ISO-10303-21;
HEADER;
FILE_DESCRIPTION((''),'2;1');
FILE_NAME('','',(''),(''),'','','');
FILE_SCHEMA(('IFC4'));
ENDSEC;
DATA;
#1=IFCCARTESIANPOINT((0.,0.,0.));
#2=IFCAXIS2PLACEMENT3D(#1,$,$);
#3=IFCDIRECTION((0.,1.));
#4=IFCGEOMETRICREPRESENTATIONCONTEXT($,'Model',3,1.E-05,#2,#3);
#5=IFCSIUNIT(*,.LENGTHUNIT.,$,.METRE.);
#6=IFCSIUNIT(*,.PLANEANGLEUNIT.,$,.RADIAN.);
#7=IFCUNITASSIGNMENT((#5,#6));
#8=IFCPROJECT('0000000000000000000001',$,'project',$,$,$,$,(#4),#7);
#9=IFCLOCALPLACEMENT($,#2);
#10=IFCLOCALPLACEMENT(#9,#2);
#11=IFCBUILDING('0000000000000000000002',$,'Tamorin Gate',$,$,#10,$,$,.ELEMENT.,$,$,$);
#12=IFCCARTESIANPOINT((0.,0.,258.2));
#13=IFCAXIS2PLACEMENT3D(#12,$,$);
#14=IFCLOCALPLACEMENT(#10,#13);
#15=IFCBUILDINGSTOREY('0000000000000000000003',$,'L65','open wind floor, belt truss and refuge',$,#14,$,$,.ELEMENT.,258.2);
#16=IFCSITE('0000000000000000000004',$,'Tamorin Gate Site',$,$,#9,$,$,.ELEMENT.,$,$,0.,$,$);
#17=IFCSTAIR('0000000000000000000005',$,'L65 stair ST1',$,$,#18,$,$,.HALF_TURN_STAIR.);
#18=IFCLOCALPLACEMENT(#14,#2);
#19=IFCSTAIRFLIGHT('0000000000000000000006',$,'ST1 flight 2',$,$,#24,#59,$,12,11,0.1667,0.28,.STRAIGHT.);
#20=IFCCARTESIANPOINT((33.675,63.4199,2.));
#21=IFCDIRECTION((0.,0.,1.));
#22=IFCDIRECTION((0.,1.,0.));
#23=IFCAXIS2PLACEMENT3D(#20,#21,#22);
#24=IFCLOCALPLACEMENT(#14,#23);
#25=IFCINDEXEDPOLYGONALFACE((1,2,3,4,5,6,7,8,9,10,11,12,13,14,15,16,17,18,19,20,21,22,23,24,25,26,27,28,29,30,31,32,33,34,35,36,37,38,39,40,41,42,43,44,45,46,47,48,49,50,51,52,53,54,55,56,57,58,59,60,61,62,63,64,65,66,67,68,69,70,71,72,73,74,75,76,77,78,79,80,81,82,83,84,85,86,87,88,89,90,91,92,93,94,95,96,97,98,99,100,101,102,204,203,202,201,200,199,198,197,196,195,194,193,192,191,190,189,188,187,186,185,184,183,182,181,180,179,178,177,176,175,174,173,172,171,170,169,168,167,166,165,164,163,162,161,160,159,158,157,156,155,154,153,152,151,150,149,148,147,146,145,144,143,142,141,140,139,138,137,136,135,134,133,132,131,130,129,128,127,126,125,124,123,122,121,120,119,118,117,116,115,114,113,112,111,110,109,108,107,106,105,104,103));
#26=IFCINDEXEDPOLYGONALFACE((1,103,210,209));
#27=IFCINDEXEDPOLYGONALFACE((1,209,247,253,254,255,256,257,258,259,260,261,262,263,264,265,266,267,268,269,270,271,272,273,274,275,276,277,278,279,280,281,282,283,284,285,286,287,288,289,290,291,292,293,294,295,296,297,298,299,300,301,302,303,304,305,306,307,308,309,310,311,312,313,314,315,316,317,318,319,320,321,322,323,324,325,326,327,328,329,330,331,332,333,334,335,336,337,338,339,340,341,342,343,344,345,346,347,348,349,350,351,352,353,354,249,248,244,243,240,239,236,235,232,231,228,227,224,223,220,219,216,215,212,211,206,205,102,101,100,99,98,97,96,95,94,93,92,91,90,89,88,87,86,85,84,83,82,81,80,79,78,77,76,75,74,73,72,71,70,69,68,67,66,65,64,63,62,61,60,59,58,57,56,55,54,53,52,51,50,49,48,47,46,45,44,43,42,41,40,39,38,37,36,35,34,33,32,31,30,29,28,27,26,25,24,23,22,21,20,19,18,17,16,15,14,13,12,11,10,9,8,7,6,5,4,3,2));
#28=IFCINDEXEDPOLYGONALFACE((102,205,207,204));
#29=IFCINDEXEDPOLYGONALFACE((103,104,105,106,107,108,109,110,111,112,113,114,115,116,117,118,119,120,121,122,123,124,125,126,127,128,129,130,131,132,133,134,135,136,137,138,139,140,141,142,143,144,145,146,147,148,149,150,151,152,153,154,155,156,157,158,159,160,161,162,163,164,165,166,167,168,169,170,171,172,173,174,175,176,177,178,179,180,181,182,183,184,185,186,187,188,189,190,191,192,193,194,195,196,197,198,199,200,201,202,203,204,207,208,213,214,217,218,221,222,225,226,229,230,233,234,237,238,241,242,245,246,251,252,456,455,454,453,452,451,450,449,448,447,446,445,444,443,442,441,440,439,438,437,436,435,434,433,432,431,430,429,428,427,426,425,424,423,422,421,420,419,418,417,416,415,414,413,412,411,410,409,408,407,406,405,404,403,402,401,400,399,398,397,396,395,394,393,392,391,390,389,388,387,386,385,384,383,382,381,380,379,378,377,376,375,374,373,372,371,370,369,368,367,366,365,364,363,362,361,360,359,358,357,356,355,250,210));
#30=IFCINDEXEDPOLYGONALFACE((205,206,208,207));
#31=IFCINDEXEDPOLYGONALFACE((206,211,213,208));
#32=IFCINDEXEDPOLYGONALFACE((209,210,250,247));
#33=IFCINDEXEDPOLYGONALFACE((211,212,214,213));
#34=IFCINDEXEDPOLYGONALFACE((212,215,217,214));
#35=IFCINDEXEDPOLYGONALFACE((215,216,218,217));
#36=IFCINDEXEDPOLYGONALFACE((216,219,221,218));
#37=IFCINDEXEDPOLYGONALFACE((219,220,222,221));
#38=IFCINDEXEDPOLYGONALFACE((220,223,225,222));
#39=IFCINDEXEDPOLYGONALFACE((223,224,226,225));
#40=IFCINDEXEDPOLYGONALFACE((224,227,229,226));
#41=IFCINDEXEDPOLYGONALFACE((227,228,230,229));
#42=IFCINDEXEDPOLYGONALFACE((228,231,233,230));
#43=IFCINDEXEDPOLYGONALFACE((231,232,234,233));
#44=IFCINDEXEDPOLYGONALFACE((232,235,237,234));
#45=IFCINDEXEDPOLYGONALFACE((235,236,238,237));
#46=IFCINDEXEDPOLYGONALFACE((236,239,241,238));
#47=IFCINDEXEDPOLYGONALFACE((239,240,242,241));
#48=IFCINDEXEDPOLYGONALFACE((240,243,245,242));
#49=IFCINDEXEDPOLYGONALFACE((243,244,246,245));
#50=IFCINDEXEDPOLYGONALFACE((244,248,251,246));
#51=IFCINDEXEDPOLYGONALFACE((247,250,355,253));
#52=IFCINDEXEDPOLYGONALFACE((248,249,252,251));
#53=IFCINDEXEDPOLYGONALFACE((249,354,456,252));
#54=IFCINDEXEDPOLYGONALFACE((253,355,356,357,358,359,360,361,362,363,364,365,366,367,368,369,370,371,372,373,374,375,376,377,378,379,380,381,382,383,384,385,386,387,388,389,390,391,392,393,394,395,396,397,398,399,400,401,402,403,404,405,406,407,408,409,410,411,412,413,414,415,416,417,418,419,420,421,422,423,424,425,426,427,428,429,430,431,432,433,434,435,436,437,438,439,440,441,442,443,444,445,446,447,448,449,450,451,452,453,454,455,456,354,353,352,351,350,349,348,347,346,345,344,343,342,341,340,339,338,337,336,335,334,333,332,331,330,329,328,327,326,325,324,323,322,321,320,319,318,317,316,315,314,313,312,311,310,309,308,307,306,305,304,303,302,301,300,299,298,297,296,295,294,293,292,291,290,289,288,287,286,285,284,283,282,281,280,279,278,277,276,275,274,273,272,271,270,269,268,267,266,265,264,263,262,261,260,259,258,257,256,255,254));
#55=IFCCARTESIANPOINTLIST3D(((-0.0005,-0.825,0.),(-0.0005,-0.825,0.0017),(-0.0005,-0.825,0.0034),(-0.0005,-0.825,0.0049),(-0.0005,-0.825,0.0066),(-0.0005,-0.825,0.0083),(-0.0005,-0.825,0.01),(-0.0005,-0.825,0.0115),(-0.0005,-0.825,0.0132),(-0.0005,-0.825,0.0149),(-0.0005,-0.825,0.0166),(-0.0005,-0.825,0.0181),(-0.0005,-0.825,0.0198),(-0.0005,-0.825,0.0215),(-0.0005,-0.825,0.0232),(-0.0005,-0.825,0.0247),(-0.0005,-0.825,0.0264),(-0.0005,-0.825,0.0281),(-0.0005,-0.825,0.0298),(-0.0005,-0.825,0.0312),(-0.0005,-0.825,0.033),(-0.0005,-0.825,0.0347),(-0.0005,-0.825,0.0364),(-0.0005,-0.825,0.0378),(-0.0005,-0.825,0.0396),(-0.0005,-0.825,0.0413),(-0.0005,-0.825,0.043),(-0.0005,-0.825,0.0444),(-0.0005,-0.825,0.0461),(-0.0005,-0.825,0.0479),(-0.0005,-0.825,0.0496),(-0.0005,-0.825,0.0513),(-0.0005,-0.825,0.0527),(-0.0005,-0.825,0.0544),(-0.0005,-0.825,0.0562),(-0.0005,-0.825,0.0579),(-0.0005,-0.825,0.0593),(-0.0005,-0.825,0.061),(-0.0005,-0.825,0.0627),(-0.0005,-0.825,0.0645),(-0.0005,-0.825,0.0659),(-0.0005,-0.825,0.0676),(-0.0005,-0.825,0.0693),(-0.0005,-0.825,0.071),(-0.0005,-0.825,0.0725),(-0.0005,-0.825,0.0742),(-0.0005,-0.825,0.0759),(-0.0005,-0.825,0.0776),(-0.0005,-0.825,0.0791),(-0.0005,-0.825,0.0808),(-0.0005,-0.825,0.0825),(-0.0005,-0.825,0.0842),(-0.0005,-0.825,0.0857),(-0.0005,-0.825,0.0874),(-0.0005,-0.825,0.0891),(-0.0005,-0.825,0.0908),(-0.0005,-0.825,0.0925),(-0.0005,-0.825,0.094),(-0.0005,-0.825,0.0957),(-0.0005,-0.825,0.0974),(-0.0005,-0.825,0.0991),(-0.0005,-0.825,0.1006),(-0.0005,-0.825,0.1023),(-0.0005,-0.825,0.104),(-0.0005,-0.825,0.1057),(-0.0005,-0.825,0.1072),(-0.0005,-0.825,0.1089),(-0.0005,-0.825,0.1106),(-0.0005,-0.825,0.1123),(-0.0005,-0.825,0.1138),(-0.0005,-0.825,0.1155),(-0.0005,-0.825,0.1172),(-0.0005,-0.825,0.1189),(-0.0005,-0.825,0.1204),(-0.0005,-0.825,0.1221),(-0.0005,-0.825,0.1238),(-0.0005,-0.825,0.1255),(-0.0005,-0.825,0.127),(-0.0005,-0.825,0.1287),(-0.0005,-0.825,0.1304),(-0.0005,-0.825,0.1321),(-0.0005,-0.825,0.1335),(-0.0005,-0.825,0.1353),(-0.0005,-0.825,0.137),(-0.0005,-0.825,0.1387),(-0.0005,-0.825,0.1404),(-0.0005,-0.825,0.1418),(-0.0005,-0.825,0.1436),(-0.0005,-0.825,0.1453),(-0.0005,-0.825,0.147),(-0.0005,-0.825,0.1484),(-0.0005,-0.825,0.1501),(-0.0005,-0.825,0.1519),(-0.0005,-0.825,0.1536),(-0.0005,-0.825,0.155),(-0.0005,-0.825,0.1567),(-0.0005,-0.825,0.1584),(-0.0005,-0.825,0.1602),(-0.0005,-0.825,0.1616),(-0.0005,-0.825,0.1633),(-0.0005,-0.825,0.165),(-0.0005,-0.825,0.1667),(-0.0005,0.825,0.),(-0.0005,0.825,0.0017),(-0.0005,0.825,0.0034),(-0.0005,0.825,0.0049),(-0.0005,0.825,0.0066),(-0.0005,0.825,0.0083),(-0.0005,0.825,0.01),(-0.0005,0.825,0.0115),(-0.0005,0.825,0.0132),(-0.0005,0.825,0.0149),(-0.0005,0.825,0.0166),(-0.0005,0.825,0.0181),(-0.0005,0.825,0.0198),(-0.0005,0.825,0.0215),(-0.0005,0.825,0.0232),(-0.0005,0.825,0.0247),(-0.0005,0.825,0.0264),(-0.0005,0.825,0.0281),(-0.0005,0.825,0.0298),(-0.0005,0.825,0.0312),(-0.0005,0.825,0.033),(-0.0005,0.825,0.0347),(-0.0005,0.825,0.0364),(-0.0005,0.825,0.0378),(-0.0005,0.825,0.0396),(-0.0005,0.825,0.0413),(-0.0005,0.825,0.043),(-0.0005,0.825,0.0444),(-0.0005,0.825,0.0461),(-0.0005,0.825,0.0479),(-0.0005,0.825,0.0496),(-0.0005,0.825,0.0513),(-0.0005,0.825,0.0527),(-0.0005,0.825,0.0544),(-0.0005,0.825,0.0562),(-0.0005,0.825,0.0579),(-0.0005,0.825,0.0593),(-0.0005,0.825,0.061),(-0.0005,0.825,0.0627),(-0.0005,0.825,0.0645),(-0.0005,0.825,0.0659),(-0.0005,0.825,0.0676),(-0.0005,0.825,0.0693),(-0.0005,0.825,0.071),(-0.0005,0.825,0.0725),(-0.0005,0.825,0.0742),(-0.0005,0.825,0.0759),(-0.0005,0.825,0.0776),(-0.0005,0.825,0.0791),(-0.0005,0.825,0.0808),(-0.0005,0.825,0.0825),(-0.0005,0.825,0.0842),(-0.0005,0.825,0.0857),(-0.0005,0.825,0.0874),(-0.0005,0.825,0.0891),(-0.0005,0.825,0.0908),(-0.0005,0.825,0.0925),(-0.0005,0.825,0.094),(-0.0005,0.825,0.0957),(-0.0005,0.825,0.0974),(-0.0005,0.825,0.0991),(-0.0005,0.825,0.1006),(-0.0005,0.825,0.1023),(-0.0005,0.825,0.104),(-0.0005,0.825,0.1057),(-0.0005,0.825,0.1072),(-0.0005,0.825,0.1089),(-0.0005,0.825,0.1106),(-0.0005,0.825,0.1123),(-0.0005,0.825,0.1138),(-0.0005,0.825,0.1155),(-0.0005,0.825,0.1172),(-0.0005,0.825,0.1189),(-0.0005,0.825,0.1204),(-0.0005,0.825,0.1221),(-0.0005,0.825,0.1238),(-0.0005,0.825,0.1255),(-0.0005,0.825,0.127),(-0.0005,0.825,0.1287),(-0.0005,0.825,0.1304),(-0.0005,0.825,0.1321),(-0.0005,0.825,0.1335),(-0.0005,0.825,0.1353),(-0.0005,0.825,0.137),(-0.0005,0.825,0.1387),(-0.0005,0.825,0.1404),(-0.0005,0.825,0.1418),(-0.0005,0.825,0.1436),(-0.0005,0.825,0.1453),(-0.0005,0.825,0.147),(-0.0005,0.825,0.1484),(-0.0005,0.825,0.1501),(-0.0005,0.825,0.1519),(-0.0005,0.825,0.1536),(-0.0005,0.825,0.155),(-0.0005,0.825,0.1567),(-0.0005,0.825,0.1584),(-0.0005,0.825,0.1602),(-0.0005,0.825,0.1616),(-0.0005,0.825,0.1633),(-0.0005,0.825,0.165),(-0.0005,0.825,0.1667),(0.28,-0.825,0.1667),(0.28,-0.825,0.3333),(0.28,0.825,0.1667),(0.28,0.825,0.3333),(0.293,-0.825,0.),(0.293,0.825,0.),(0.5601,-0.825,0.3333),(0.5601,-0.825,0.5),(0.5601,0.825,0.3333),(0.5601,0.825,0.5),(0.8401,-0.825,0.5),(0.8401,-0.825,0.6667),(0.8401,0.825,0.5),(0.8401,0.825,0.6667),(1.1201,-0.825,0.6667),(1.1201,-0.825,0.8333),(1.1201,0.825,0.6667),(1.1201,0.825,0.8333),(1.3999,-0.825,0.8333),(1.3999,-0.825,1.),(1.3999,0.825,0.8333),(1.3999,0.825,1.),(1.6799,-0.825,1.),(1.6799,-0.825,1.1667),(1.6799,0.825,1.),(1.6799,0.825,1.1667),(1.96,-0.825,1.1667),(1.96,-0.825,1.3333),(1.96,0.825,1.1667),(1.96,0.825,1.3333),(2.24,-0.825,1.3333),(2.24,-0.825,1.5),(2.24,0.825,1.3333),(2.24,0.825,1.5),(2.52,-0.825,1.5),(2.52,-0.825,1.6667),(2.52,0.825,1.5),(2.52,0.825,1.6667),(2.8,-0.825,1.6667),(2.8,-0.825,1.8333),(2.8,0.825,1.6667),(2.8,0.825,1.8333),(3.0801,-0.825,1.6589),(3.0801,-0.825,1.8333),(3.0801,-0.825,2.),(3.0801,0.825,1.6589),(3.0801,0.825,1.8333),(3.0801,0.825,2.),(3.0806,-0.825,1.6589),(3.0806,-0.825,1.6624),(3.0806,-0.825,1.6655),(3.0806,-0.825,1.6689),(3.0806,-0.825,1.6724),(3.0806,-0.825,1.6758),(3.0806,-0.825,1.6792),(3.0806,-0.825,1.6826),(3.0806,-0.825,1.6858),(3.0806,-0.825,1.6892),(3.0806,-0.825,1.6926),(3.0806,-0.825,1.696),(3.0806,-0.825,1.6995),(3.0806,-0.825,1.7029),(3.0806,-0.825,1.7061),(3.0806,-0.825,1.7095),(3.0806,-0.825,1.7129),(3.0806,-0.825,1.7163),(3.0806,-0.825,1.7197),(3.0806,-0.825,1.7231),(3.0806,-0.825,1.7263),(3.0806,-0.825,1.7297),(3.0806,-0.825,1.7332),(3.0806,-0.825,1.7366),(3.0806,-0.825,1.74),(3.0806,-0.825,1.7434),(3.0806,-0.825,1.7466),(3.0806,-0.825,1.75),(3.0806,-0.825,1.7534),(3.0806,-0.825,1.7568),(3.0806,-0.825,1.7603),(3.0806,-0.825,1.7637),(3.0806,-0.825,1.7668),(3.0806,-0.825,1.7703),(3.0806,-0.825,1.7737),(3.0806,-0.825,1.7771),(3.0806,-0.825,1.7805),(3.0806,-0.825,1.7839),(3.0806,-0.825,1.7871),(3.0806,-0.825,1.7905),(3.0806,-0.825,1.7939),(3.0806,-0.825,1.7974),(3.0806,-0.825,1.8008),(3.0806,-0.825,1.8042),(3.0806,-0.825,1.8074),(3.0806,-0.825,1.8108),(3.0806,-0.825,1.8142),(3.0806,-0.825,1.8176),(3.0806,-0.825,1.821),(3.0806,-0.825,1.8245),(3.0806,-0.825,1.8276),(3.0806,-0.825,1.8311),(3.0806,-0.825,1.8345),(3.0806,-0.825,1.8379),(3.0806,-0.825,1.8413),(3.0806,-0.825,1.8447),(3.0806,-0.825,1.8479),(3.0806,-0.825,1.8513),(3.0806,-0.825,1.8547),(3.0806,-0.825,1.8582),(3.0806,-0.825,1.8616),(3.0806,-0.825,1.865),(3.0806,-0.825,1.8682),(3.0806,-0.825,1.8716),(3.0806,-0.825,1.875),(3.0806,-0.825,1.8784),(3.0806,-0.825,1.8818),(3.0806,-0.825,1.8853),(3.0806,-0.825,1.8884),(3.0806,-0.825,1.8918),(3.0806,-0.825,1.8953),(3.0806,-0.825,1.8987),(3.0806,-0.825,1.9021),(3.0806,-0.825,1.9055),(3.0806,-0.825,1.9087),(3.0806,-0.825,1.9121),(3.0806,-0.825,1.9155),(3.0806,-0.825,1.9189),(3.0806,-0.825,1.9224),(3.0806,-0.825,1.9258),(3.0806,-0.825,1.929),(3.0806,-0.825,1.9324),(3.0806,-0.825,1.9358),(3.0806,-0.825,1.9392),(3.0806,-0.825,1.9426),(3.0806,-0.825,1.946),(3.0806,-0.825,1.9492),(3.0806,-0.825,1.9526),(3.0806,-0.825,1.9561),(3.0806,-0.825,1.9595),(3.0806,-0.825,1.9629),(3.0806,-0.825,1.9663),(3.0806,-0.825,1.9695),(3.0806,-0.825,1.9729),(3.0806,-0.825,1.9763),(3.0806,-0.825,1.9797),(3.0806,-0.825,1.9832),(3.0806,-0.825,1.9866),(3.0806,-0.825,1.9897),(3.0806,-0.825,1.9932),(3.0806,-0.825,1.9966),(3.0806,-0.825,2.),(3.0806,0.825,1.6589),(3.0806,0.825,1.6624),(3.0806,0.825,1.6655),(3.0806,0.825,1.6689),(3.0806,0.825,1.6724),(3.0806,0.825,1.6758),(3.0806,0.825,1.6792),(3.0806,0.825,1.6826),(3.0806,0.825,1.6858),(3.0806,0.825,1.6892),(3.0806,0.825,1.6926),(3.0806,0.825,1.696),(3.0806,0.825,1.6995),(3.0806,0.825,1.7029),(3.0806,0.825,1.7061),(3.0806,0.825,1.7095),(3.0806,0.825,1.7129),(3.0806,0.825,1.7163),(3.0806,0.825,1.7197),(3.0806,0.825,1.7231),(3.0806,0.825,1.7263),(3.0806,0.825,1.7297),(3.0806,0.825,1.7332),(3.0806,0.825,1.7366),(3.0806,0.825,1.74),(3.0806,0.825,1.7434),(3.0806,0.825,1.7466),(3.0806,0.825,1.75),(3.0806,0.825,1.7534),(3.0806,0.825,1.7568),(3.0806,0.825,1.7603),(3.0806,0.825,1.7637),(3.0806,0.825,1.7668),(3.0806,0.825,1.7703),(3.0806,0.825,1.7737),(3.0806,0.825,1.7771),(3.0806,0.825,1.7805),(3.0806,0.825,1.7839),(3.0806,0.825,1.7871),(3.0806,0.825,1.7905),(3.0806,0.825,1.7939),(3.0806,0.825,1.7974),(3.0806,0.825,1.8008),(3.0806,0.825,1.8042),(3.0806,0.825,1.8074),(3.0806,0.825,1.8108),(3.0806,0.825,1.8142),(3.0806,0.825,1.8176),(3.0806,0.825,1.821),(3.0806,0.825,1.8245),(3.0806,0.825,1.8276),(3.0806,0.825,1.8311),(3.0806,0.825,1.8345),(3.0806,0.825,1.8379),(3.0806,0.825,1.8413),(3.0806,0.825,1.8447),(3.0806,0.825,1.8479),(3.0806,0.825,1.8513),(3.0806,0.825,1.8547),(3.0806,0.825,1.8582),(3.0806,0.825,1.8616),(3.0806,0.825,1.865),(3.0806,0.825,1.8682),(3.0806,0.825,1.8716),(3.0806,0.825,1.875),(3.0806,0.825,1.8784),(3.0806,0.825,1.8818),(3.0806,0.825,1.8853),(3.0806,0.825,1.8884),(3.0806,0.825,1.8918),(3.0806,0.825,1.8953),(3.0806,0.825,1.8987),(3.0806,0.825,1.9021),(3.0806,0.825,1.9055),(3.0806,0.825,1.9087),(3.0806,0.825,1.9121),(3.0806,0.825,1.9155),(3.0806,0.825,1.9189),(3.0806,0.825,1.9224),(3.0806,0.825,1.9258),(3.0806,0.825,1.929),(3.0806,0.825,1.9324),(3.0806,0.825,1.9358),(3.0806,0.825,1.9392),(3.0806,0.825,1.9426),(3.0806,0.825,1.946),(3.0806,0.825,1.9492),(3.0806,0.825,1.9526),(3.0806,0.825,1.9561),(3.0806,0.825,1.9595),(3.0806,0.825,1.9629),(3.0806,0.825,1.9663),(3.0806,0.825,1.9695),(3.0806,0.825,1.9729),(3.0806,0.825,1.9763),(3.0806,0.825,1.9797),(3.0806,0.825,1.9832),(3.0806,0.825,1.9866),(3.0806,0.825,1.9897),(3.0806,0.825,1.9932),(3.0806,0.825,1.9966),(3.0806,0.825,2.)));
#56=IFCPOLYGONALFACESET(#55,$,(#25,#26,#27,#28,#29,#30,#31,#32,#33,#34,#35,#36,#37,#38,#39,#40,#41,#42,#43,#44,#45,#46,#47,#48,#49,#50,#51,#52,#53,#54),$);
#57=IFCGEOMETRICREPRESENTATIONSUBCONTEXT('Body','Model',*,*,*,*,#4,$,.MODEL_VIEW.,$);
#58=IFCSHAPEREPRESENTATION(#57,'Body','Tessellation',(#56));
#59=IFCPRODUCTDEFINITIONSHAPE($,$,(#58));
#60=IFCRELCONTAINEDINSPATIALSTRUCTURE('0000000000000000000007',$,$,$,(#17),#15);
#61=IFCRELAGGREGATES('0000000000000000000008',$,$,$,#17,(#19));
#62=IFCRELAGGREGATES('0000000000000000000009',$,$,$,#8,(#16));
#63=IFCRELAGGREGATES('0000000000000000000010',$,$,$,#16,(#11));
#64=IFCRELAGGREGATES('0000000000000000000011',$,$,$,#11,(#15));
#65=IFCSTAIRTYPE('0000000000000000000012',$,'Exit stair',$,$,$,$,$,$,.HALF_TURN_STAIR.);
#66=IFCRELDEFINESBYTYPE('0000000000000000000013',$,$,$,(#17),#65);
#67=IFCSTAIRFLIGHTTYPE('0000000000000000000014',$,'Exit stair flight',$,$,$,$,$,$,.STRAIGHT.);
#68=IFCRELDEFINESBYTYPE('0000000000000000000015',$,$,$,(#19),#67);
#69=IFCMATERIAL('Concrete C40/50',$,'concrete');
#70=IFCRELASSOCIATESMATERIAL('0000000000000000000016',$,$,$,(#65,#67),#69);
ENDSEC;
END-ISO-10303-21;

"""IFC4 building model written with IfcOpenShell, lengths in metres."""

from ifc_helpers import new_model, si_unit, direction, frame, origin, place, context, subcontext, project, spatial, polyline, outline, extrude, material, type_object, element, aggregate, save


model = new_model("IFC4")

# Units and contexts
model_context = context("Model", 3, precision=1e-05, world=origin(), true_north=direction((0.0, 1.0)))
body_context = subcontext(model_context, "Body", "Model", "MODEL_VIEW")
ifc_project = project(units=[si_unit("LENGTHUNIT", "METRE"), si_unit("PLANEANGLEUNIT", "RADIAN")], contexts=[model_context])

# Site, building, storey
site_placement = place(None, origin())
site = spatial("IfcSite", under=ifc_project, at=site_placement, Name="Tamorin Gate Site", CompositionType="ELEMENT", RefElevation=0.0)
building_placement = place(site_placement, origin())
building = spatial("IfcBuilding", under=site, at=building_placement, Name="Tamorin Gate", CompositionType="ELEMENT")
storey_placement = place(building_placement, frame((0.0, 0.0, 258.2)))
storey = spatial("IfcBuildingStorey", under=building, at=storey_placement, Name="L65", Description="open wind floor, belt truss and refuge", CompositionType="ELEMENT", Elevation=258.2)

# Stair, stair flight
ifc_material_1 = material(Name="Concrete C40/50", Category="concrete")
stair_type = type_object("IfcStairType", Name="Exit stair", PredefinedType="HALF_TURN_STAIR", material=ifc_material_1)
stair_placement = place(storey_placement, origin())
stair = element("IfcStair", 1, at=stair_placement, inside=storey, type_object=stair_type, Name="L65 stair ST1", PredefinedType="HALF_TURN_STAIR")
stair_flight_type = type_object("IfcStairFlightType", Name="Exit stair flight", PredefinedType="STRAIGHT", material=ifc_material_1)
stair_flight_1_placement = place(storey_placement, frame((33.675, 63.4199, 2.0), z_axis=(0.0, 0.0, 1.0), x_axis=(0.0, 1.0, 0.0)))
stair_flight_1 = element("IfcStairFlight", 2, at=stair_flight_1_placement, type_object=stair_flight_type, Name="ST1 flight 2", NumberOfRisers=12, NumberOfTreads=11, PredefinedType="STRAIGHT", RiserHeight=0.1667, TreadLength=0.28, context=body_context, shape_type="SweptSolid", body=[
    extrude(outline(polyline([(-0.0005, 0.0), (-0.0005, 0.0017), (-0.0005, 0.0034), (-0.0005, 0.0049), (-0.0005, 0.0066), (-0.0005, 0.0083), (-0.0005, 0.01), (-0.0005, 0.0115), (-0.0005, 0.0132), (-0.0005, 0.0149), (-0.0005, 0.0166), (-0.0005, 0.0181), (-0.0005, 0.0198), (-0.0005, 0.0215), (-0.0005, 0.0232), (-0.0005, 0.0247), (-0.0005, 0.0264), (-0.0005, 0.0281), (-0.0005, 0.0298), (-0.0005, 0.0312), (-0.0005, 0.033), (-0.0005, 0.0347), (-0.0005, 0.0364), (-0.0005, 0.0378), (-0.0005, 0.0396), (-0.0005, 0.0413), (-0.0005, 0.043), (-0.0005, 0.0444), (-0.0005, 0.0461), (-0.0005, 0.0479), (-0.0005, 0.0496), (-0.0005, 0.0513), (-0.0005, 0.0527), (-0.0005, 0.0544), (-0.0005, 0.0562), (-0.0005, 0.0579), (-0.0005, 0.0593), (-0.0005, 0.061), (-0.0005, 0.0627), (-0.0005, 0.0645), (-0.0005, 0.0659), (-0.0005, 0.0676), (-0.0005, 0.0693), (-0.0005, 0.071), (-0.0005, 0.0725), (-0.0005, 0.0742), (-0.0005, 0.0759), (-0.0005, 0.0776), (-0.0005, 0.0791), (-0.0005, 0.0808), (-0.0005, 0.0825), (-0.0005, 0.0842), (-0.0005, 0.0857), (-0.0005, 0.0874), (-0.0005, 0.0891), (-0.0005, 0.0908), (-0.0005, 0.0925), (-0.0005, 0.094), (-0.0005, 0.0957), (-0.0005, 0.0974), (-0.0005, 0.0991), (-0.0005, 0.1006), (-0.0005, 0.1023), (-0.0005, 0.104), (-0.0005, 0.1057), (-0.0005, 0.1072), (-0.0005, 0.1089), (-0.0005, 0.1106), (-0.0005, 0.1123), (-0.0005, 0.1138), (-0.0005, 0.1155), (-0.0005, 0.1172), (-0.0005, 0.1189), (-0.0005, 0.1204), (-0.0005, 0.1221), (-0.0005, 0.1238), (-0.0005, 0.1255), (-0.0005, 0.127), (-0.0005, 0.1287), (-0.0005, 0.1304), (-0.0005, 0.1321), (-0.0005, 0.1335), (-0.0005, 0.1353), (-0.0005, 0.137), (-0.0005, 0.1387), (-0.0005, 0.1404), (-0.0005, 0.1418), (-0.0005, 0.1436), (-0.0005, 0.1453), (-0.0005, 0.147), (-0.0005, 0.1484), (-0.0005, 0.1501), (-0.0005, 0.1519), (-0.0005, 0.1536), (-0.0005, 0.155), (-0.0005, 0.1567), (-0.0005, 0.1584), (-0.0005, 0.1602), (-0.0005, 0.1616), (-0.0005, 0.1633), (-0.0005, 0.165), (-0.0005, 0.1667), (0.28, 0.1667), (0.28, 0.3333), (0.5601, 0.3333), (0.5601, 0.5), (0.8401, 0.5), (0.8401, 0.6667), (1.1201, 0.6667), (1.1201, 0.8333), (1.3999, 0.8333), (1.3999, 1.0), (1.6799, 1.0), (1.6799, 1.1667), (1.96, 1.1667), (1.96, 1.3333), (2.24, 1.3333), (2.24, 1.5), (2.52, 1.5), (2.52, 1.6667), (2.8, 1.6667), (2.8, 1.8333), (3.0801, 1.8333), (3.0801, 2.0), (3.0806, 2.0), (3.0806, 1.9966), (3.0806, 1.9932), (3.0806, 1.9897), (3.0806, 1.9866), (3.0806, 1.9832), (3.0806, 1.9797), (3.0806, 1.9763), (3.0806, 1.9729), (3.0806, 1.9695), (3.0806, 1.9663), (3.0806, 1.9629), (3.0806, 1.9595), (3.0806, 1.9561), (3.0806, 1.9526), (3.0806, 1.9492), (3.0806, 1.946), (3.0806, 1.9426), (3.0806, 1.9392), (3.0806, 1.9358), (3.0806, 1.9324), (3.0806, 1.929), (3.0806, 1.9258), (3.0806, 1.9224), (3.0806, 1.9189), (3.0806, 1.9155), (3.0806, 1.9121), (3.0806, 1.9087), (3.0806, 1.9055), (3.0806, 1.9021), (3.0806, 1.8987), (3.0806, 1.8953), (3.0806, 1.8918), (3.0806, 1.8884), (3.0806, 1.8853), (3.0806, 1.8818), (3.0806, 1.8784), (3.0806, 1.875), (3.0806, 1.8716), (3.0806, 1.8682), (3.0806, 1.865), (3.0806, 1.8616), (3.0806, 1.8582), (3.0806, 1.8547), (3.0806, 1.8513), (3.0806, 1.8479), (3.0806, 1.8447), (3.0806, 1.8413), (3.0806, 1.8379), (3.0806, 1.8345), (3.0806, 1.8311), (3.0806, 1.8276), (3.0806, 1.8245), (3.0806, 1.821), (3.0806, 1.8176), (3.0806, 1.8142), (3.0806, 1.8108), (3.0806, 1.8074), (3.0806, 1.8042), (3.0806, 1.8008), (3.0806, 1.7974), (3.0806, 1.7939), (3.0806, 1.7905), (3.0806, 1.7871), (3.0806, 1.7839), (3.0806, 1.7805), (3.0806, 1.7771), (3.0806, 1.7737), (3.0806, 1.7703), (3.0806, 1.7668), (3.0806, 1.7637), (3.0806, 1.7603), (3.0806, 1.7568), (3.0806, 1.7534), (3.0806, 1.75), (3.0806, 1.7466), (3.0806, 1.7434), (3.0806, 1.74), (3.0806, 1.7366), (3.0806, 1.7332), (3.0806, 1.7297), (3.0806, 1.7263), (3.0806, 1.7231), (3.0806, 1.7197), (3.0806, 1.7163), (3.0806, 1.7129), (3.0806, 1.7095), (3.0806, 1.7061), (3.0806, 1.7029), (3.0806, 1.6995), (3.0806, 1.696), (3.0806, 1.6926), (3.0806, 1.6892), (3.0806, 1.6858), (3.0806, 1.6826), (3.0806, 1.6792), (3.0806, 1.6758), (3.0806, 1.6724), (3.0806, 1.6689), (3.0806, 1.6655), (3.0806, 1.6624), (3.0806, 1.6589), (3.0801, 1.6589), (0.293, 0.0), (-0.0005, 0.0)])), frame((0.0, 0.825, 0.0), z_axis=(0.0, -1.0, 0.0), x_axis=(1.0, 0.0, 0.0)), (0.0, 0.0, 1.0), 1.6499),
])
aggregate(stair, [stair_flight_1])

save(model, "model.ifc")
